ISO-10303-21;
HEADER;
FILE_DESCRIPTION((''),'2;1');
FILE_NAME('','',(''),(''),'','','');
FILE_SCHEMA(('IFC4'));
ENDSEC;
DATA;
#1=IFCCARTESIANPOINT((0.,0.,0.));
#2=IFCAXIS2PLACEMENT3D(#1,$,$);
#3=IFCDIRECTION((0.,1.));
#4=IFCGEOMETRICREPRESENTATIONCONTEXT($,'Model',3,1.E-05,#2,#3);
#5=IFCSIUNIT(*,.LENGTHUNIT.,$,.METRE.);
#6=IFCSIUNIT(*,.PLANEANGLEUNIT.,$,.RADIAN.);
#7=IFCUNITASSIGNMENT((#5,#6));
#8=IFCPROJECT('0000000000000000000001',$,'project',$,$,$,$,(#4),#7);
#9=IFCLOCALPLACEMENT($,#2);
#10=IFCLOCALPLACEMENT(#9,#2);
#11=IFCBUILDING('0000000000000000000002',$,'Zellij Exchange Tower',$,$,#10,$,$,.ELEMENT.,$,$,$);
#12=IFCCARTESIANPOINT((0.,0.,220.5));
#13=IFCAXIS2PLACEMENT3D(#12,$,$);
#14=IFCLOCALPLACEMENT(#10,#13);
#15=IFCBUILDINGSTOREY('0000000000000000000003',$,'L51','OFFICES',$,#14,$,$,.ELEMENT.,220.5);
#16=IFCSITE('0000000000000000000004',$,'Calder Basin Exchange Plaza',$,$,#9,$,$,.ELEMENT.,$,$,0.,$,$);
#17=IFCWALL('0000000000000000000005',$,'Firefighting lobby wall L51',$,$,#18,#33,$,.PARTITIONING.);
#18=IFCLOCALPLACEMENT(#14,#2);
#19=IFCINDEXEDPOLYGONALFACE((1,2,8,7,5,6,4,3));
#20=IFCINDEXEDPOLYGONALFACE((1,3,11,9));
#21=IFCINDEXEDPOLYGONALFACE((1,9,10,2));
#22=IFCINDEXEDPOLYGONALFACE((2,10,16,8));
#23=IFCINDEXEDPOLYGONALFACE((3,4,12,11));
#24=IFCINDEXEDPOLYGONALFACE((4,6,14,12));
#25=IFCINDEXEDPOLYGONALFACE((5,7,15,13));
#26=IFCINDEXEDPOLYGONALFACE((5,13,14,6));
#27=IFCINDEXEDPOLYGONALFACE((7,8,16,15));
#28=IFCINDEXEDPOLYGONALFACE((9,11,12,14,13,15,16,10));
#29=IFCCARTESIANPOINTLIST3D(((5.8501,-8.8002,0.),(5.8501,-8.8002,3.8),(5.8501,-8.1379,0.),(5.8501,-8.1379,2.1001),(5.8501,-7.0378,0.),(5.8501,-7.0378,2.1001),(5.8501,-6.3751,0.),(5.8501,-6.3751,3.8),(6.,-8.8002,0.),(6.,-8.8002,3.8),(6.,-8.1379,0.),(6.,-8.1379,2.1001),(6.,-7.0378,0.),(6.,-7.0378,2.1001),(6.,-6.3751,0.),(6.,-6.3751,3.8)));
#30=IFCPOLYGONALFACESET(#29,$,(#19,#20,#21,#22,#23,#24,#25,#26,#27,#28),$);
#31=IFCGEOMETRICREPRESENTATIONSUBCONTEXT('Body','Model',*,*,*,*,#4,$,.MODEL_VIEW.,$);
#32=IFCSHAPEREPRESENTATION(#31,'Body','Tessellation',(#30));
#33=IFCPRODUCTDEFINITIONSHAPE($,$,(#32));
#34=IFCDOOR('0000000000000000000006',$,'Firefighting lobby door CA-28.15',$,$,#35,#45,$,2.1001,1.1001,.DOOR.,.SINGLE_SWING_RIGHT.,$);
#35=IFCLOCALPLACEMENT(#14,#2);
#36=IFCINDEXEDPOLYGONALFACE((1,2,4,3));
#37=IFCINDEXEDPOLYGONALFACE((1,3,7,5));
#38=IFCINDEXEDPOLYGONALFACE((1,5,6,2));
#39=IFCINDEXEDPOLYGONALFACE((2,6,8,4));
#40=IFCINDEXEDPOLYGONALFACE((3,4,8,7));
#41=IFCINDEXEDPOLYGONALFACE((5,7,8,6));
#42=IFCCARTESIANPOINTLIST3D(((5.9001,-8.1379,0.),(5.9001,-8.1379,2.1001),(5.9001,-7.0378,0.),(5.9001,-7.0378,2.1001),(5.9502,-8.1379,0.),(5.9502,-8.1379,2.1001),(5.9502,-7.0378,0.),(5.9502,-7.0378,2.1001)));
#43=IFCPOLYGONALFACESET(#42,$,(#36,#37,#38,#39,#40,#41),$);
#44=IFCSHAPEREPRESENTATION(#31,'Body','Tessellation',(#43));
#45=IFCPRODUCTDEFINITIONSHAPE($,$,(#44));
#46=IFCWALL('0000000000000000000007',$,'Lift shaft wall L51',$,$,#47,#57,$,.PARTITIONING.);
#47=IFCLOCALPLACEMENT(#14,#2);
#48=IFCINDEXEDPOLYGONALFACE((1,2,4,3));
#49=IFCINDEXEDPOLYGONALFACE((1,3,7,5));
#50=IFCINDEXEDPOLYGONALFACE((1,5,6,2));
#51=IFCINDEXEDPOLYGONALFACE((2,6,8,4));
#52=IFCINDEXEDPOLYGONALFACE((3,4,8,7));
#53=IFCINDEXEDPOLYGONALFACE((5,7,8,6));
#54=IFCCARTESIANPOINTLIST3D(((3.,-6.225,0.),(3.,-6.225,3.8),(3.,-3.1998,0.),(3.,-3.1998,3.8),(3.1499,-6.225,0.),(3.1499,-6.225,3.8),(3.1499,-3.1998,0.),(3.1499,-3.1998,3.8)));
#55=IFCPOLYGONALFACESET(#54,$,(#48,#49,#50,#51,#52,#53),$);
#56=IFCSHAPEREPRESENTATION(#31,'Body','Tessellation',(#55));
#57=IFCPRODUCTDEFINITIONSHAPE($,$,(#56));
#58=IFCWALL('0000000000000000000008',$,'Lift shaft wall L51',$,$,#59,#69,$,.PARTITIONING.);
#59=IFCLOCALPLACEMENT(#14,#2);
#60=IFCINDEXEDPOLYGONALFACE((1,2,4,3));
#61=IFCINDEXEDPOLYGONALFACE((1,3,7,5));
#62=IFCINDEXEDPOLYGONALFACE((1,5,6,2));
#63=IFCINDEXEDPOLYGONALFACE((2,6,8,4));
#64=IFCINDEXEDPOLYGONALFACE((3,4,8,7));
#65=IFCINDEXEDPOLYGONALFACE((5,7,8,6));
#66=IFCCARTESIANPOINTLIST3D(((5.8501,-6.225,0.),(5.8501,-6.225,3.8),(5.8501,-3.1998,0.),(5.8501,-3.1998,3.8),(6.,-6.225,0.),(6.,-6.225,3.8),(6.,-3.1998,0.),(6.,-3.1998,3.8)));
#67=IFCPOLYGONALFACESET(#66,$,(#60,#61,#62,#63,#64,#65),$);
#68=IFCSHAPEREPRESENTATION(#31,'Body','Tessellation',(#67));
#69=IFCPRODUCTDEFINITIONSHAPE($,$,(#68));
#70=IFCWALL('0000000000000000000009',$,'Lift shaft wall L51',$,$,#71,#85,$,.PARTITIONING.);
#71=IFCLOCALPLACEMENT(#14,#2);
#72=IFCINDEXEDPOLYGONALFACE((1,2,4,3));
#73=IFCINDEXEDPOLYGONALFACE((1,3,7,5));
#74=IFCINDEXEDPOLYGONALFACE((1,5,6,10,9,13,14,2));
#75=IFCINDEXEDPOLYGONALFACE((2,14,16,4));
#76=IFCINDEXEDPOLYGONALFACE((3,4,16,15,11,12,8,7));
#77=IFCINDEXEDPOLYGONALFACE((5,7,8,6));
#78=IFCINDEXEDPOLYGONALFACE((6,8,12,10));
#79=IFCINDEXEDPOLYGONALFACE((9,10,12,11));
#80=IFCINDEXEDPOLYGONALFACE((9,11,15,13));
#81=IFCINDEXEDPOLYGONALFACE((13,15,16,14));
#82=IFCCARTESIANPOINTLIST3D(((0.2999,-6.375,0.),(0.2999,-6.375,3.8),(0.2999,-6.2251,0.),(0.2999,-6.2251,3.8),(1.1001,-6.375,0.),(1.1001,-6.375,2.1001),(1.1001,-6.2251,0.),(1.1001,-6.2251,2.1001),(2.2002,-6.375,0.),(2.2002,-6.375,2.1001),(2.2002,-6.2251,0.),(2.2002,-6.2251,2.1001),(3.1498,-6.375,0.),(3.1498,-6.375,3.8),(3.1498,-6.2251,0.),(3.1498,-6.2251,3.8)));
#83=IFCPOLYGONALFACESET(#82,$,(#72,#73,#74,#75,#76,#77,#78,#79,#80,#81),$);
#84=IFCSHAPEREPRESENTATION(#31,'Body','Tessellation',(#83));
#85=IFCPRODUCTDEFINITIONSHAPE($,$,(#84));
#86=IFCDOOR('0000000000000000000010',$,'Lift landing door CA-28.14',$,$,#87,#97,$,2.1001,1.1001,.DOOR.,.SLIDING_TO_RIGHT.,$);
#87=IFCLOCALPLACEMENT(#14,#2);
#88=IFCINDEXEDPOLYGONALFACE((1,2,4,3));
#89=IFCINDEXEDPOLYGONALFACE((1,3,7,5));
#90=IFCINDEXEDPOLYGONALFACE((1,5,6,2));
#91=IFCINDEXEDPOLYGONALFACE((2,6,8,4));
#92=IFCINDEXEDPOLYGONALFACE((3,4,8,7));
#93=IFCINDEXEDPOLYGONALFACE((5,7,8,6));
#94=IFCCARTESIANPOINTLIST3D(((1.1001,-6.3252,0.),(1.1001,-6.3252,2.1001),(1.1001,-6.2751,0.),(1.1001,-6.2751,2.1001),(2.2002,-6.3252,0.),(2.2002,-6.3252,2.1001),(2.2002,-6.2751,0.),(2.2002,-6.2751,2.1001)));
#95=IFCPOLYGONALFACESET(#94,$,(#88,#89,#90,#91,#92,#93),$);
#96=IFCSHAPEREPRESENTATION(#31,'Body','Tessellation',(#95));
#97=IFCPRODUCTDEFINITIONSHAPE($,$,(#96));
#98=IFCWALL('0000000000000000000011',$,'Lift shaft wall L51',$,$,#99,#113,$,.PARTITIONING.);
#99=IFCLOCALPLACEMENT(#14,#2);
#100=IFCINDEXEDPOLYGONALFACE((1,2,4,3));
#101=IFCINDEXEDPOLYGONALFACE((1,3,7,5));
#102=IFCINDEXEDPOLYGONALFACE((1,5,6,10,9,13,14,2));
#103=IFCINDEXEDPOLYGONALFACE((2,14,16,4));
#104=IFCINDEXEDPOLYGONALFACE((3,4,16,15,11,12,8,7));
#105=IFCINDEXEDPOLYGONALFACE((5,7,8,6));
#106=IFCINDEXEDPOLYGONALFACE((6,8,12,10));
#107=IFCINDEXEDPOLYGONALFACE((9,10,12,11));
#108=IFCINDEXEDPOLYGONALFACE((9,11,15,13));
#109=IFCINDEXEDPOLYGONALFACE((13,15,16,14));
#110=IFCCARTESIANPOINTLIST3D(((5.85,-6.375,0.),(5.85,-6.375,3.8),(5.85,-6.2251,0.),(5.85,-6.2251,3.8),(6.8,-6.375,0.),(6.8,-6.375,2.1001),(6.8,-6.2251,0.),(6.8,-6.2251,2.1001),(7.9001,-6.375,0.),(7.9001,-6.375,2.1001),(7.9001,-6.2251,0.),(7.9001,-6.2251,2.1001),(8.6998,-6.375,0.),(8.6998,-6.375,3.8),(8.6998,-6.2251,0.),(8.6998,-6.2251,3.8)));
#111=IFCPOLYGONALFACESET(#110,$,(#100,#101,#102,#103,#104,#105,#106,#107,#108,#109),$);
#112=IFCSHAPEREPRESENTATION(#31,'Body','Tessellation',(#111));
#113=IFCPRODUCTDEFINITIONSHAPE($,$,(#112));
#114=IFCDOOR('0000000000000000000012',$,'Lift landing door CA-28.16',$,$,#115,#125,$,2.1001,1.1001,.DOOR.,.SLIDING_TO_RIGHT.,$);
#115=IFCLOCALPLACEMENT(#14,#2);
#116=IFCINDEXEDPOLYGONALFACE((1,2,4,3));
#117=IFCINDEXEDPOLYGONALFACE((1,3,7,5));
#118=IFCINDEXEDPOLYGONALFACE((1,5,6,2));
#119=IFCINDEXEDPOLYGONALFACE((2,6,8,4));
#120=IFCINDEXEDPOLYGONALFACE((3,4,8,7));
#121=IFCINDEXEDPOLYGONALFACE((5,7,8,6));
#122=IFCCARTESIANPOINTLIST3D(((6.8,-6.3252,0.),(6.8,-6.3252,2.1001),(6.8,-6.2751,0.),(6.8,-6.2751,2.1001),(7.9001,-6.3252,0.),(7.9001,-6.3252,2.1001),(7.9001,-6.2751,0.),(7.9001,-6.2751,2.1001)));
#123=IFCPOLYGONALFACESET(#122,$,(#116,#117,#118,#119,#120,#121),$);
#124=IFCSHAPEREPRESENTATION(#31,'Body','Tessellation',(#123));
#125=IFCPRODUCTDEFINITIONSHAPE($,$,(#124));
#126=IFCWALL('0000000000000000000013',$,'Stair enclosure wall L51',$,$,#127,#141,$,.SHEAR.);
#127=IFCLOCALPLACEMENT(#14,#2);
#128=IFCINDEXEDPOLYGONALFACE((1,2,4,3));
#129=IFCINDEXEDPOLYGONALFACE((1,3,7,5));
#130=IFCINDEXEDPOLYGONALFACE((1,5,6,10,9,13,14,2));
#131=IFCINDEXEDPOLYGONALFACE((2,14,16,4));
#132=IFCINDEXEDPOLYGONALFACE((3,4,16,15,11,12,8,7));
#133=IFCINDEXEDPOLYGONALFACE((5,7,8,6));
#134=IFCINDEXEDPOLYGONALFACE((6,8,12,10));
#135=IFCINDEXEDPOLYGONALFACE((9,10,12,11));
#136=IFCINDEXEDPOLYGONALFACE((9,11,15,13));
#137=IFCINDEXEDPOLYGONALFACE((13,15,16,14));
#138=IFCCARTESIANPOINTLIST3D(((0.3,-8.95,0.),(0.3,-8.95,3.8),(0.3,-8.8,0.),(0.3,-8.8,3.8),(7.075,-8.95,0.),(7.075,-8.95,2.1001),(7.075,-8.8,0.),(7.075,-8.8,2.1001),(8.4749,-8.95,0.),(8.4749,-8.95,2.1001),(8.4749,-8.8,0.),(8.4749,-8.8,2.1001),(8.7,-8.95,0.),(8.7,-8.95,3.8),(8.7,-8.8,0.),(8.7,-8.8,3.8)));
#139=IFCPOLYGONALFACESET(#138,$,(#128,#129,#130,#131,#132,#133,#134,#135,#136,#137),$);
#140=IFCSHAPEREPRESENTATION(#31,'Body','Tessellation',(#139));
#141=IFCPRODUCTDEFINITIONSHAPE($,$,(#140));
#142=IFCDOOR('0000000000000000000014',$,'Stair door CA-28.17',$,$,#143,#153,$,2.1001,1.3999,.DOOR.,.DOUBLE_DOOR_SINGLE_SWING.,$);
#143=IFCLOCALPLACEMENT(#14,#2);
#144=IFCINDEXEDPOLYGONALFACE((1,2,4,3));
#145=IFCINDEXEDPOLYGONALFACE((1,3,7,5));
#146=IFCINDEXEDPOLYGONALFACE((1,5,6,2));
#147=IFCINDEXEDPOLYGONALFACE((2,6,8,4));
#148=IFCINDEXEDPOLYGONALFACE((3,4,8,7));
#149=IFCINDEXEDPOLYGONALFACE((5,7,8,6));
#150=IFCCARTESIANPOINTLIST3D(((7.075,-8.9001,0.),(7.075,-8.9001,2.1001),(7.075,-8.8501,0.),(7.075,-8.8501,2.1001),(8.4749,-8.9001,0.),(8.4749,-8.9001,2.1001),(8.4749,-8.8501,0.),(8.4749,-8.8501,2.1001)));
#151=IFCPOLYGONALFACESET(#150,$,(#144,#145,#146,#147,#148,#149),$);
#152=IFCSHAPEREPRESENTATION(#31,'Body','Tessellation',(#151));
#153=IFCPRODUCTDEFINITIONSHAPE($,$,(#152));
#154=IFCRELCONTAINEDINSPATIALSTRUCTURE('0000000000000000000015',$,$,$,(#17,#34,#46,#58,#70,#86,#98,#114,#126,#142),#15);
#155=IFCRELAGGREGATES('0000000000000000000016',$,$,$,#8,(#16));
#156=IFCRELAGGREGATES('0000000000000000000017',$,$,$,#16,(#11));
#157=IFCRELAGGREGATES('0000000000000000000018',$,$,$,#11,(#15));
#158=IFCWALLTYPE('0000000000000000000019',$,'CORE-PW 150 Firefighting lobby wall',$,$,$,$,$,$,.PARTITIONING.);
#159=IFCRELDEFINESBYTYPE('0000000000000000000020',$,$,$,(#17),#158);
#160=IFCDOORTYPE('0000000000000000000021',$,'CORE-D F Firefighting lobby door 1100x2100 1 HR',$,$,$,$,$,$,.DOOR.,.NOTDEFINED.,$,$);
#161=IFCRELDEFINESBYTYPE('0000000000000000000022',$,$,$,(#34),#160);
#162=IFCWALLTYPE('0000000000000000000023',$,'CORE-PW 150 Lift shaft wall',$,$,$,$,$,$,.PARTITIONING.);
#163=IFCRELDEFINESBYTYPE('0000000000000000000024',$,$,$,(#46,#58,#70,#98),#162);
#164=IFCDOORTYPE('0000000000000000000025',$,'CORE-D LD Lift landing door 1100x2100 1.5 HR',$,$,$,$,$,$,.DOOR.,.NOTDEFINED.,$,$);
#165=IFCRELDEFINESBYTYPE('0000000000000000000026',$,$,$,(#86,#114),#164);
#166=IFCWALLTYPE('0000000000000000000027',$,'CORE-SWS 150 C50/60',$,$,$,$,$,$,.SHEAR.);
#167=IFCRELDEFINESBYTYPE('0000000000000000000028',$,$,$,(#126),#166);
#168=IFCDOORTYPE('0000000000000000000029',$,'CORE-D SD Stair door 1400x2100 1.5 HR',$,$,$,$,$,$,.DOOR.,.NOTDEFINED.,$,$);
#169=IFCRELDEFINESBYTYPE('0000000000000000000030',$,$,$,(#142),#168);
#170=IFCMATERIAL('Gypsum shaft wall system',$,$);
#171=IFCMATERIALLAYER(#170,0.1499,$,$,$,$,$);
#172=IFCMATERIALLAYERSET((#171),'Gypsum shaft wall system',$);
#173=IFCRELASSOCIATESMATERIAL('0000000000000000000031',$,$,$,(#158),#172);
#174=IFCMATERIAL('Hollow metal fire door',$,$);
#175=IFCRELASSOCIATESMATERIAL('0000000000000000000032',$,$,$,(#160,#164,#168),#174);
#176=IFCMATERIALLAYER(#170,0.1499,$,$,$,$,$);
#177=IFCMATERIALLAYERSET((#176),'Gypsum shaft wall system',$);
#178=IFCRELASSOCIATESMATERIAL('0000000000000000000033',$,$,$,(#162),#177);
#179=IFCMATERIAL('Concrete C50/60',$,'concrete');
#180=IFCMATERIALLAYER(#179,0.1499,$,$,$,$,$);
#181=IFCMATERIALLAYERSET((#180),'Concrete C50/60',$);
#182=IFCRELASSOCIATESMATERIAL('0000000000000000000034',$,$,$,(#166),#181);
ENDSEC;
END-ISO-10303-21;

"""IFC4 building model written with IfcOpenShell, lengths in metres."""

from ifc_helpers import new_model, si_unit, direction, frame, frame_2d, origin, place, context, subcontext, project, spatial, rectangle, extrude, material, layer, layer_set, type_object, element, fill, save


model = new_model("IFC4")

# Units and contexts
model_context = context("Model", 3, precision=1e-05, world=origin(), true_north=direction((0.0, 1.0)))
body_context = subcontext(model_context, "Body", "Model", "MODEL_VIEW")
ifc_project = project(units=[si_unit("LENGTHUNIT", "METRE"), si_unit("PLANEANGLEUNIT", "RADIAN")], contexts=[model_context])

# Site, building, storey
site_placement = place(None, origin())
site = spatial("IfcSite", under=ifc_project, at=site_placement, Name="Calder Basin Exchange Plaza", CompositionType="ELEMENT", RefElevation=0.0)
building_placement = place(site_placement, origin())
building = spatial("IfcBuilding", under=site, at=building_placement, Name="Zellij Exchange Tower", CompositionType="ELEMENT")
storey_placement = place(building_placement, frame((0.0, 0.0, 220.5)))
storey = spatial("IfcBuildingStorey", under=building, at=storey_placement, Name="L51", Description="OFFICES", CompositionType="ELEMENT", Elevation=220.5)

# Wall, opening, door
ifc_material_1 = material(Name="Gypsum shaft wall system")
ifc_layer_1 = layer(ifc_material_1, 0.1499)
ifc_layer_set_1 = layer_set([ifc_layer_1], Name="Gypsum shaft wall system")
wall_type_1 = type_object("IfcWallType", Name="CORE-PW 150 Firefighting lobby wall", PredefinedType="PARTITIONING", material=ifc_layer_set_1)
wall_1_placement = place(storey_placement, frame((5.925, -8.8, 0.0), z_axis=(0.0, 0.0, 1.0), x_axis=(0.0, 1.0, 0.0)))
wall_1 = element("IfcWall", 1, at=wall_1_placement, inside=storey, type_object=wall_type_1, Name="Firefighting lobby wall L51", PredefinedType="PARTITIONING", context=body_context, shape_type="SweptSolid", body=[
    extrude(rectangle(XDim=2.425, YDim=0.1499, at=frame_2d((1.2124, 0.0))), origin(), (0.0, 0.0, 1.0), 3.8),
])
opening_1_placement = place(wall_1_placement, frame((0.6621, 0.0, 0.0)))
opening_1 = element("IfcOpeningElement", 2, at=opening_1_placement, cuts=wall_1, PredefinedType="OPENING", context=body_context, shape_type="SweptSolid", body=[
    extrude(rectangle(XDim=1.1001, YDim=2.1001, at=frame_2d((0.55, 1.05))), frame((0.0, 0.0869, 0.0), z_axis=(0.0, -1.0, 0.0), x_axis=(1.0, 0.0, 0.0)), (0.0, 0.0, 1.0), 0.1738),
])
ifc_material_2 = material(Name="Hollow metal fire door")
door_type_1 = type_object("IfcDoorType", Name="CORE-D F Firefighting lobby door 1100x2100 1 HR", OperationType="NOTDEFINED", PredefinedType="DOOR", material=ifc_material_2)
door_1_placement = place(opening_1_placement, origin())
door_1 = element("IfcDoor", 3, at=door_1_placement, inside=storey, type_object=door_type_1, Name="Firefighting lobby door CA-28.15", OperationType="SINGLE_SWING_RIGHT", OverallHeight=2.1001, OverallWidth=1.1001, PredefinedType="DOOR", context=body_context, shape_type="SweptSolid", body=[
    extrude(rectangle(XDim=1.1001, YDim=2.1001, at=frame_2d((0.55, 1.05))), frame((0.0, 0.0249, 0.0), z_axis=(0.0, -1.0, 0.0), x_axis=(1.0, 0.0, 0.0)), (0.0, 0.0, 1.0), 0.05),
])
fill(opening_1, door_1)

# Walls
ifc_layer_2 = layer(ifc_material_1, 0.1499)
ifc_layer_set_2 = layer_set([ifc_layer_2], Name="Gypsum shaft wall system")
wall_type_2 = type_object("IfcWallType", Name="CORE-PW 150 Lift shaft wall", PredefinedType="PARTITIONING", material=ifc_layer_set_2)
for number, where, z_axis, x_axis, name in (
    (4, (3.075, -6.2251, 0.0), (0.0, 0.0, 1.0), (0.0, 1.0, 0.0), "Lift shaft wall L51"),
    (5, (5.925, -6.2251, 0.0), (0.0, 0.0, 1.0), (0.0, 1.0, 0.0), "Lift shaft wall L51"),
):
    element("IfcWall", number, at=place(storey_placement, frame(where, z_axis=z_axis, x_axis=x_axis)), inside=storey, type_object=wall_type_2, Name=name, PredefinedType="PARTITIONING", context=body_context, shape_type="SweptSolid", body=[
        extrude(rectangle(XDim=3.0251, YDim=0.1499, at=frame_2d((1.5127, 0.0))), origin(), (0.0, 0.0, 1.0), 3.8),
    ])

# Walls, openings, doors
wall_2_placement = place(storey_placement, frame((0.3, -6.3, 0.0), z_axis=(0.0, 0.0, 1.0), x_axis=(1.0, 0.0, 0.0)))
wall_2 = element("IfcWall", 6, at=wall_2_placement, inside=storey, type_object=wall_type_2, Name="Lift shaft wall L51", PredefinedType="PARTITIONING", context=body_context, shape_type="SweptSolid", body=[
    extrude(rectangle(XDim=2.8499, YDim=0.1499, at=frame_2d((1.4248, 0.0))), origin(), (0.0, 0.0, 1.0), 3.8),
])
opening_2_placement = place(wall_2_placement, frame((0.8, 0.0, 0.0)))
opening_2 = element("IfcOpeningElement", 7, at=opening_2_placement, cuts=wall_2, PredefinedType="OPENING", context=body_context, shape_type="SweptSolid", body=[
    extrude(rectangle(XDim=1.1001, YDim=2.1001, at=frame_2d((0.55, 1.05))), frame((0.0, 0.0869, 0.0), z_axis=(0.0, -1.0, 0.0), x_axis=(1.0, 0.0, 0.0)), (0.0, 0.0, 1.0), 0.1738),
])
door_type_2 = type_object("IfcDoorType", Name="CORE-D LD Lift landing door 1100x2100 1.5 HR", OperationType="NOTDEFINED", PredefinedType="DOOR", material=ifc_material_2)
door_2_placement = place(opening_2_placement, origin())
door_2 = element("IfcDoor", 8, at=door_2_placement, inside=storey, type_object=door_type_2, Name="Lift landing door CA-28.14", OperationType="SLIDING_TO_RIGHT", OverallHeight=2.1001, OverallWidth=1.1001, PredefinedType="DOOR", context=body_context, shape_type="SweptSolid", body=[
    extrude(rectangle(XDim=1.1001, YDim=2.1001, at=frame_2d((0.55, 1.05))), frame((0.0, 0.0249, 0.0), z_axis=(0.0, -1.0, 0.0), x_axis=(1.0, 0.0, 0.0)), (0.0, 0.0, 1.0), 0.05),
])
fill(opening_2, door_2)
wall_3_placement = place(storey_placement, frame((5.8501, -6.3, 0.0), z_axis=(0.0, 0.0, 1.0), x_axis=(1.0, 0.0, 0.0)))
wall_3 = element("IfcWall", 9, at=wall_3_placement, inside=storey, type_object=wall_type_2, Name="Lift shaft wall L51", PredefinedType="PARTITIONING", context=body_context, shape_type="SweptSolid", body=[
    extrude(rectangle(XDim=2.8499, YDim=0.1499, at=frame_2d((1.4248, 0.0))), origin(), (0.0, 0.0, 1.0), 3.8),
])
opening_3_placement = place(wall_3_placement, frame((0.95, 0.0, 0.0)))
opening_3 = element("IfcOpeningElement", 10, at=opening_3_placement, cuts=wall_3, PredefinedType="OPENING", context=body_context, shape_type="SweptSolid", body=[
    extrude(rectangle(XDim=1.1001, YDim=2.1001, at=frame_2d((0.55, 1.05))), frame((0.0, 0.0869, 0.0), z_axis=(0.0, -1.0, 0.0), x_axis=(1.0, 0.0, 0.0)), (0.0, 0.0, 1.0), 0.1738),
])
door_3_placement = place(opening_3_placement, origin())
door_3 = element("IfcDoor", 11, at=door_3_placement, inside=storey, type_object=door_type_2, Name="Lift landing door CA-28.16", OperationType="SLIDING_TO_RIGHT", OverallHeight=2.1001, OverallWidth=1.1001, PredefinedType="DOOR", context=body_context, shape_type="SweptSolid", body=[
    extrude(rectangle(XDim=1.1001, YDim=2.1001, at=frame_2d((0.55, 1.05))), frame((0.0, 0.0249, 0.0), z_axis=(0.0, -1.0, 0.0), x_axis=(1.0, 0.0, 0.0)), (0.0, 0.0, 1.0), 0.05),
])
fill(opening_3, door_3)
ifc_material_3 = material(Name="Concrete C50/60", Category="concrete")
ifc_layer_3 = layer(ifc_material_3, 0.1499)
ifc_layer_set_3 = layer_set([ifc_layer_3], Name="Concrete C50/60")
wall_type_3 = type_object("IfcWallType", Name="CORE-SWS 150 C50/60", PredefinedType="SHEAR", material=ifc_layer_set_3)
wall_4_placement = place(storey_placement, frame((0.3, -8.875, 0.0), z_axis=(0.0, 0.0, 1.0), x_axis=(1.0, 0.0, 0.0)))
wall_4 = element("IfcWall", 12, at=wall_4_placement, inside=storey, type_object=wall_type_3, Name="Stair enclosure wall L51", PredefinedType="SHEAR", context=body_context, shape_type="SweptSolid", body=[
    extrude(rectangle(XDim=8.3999, YDim=0.1499, at=frame_2d((4.2, 0.0))), origin(), (0.0, 0.0, 1.0), 3.8),
])
opening_4_placement = place(wall_4_placement, frame((6.7749, 0.0, 0.0)))
opening_4 = element("IfcOpeningElement", 13, at=opening_4_placement, cuts=wall_4, PredefinedType="OPENING", context=body_context, shape_type="SweptSolid", body=[
    extrude(rectangle(XDim=1.3999, YDim=2.1001, at=frame_2d((0.7, 1.05))), frame((0.0, 0.0869, 0.0), z_axis=(0.0, -1.0, 0.0), x_axis=(1.0, 0.0, 0.0)), (0.0, 0.0, 1.0), 0.1738),
])
door_type_3 = type_object("IfcDoorType", Name="CORE-D SD Stair door 1400x2100 1.5 HR", OperationType="NOTDEFINED", PredefinedType="DOOR", material=ifc_material_2)
door_4_placement = place(opening_4_placement, origin())
door_4 = element("IfcDoor", 14, at=door_4_placement, inside=storey, type_object=door_type_3, Name="Stair door CA-28.17", OperationType="DOUBLE_DOOR_SINGLE_SWING", OverallHeight=2.1001, OverallWidth=1.3999, PredefinedType="DOOR", context=body_context, shape_type="SweptSolid", body=[
    extrude(rectangle(XDim=1.3999, YDim=2.1001, at=frame_2d((0.7, 1.05))), frame((0.0, 0.0249, 0.0), z_axis=(0.0, -1.0, 0.0), x_axis=(1.0, 0.0, 0.0)), (0.0, 0.0, 1.0), 0.05),
])
fill(opening_4, door_4)

save(model, "model.ifc")
